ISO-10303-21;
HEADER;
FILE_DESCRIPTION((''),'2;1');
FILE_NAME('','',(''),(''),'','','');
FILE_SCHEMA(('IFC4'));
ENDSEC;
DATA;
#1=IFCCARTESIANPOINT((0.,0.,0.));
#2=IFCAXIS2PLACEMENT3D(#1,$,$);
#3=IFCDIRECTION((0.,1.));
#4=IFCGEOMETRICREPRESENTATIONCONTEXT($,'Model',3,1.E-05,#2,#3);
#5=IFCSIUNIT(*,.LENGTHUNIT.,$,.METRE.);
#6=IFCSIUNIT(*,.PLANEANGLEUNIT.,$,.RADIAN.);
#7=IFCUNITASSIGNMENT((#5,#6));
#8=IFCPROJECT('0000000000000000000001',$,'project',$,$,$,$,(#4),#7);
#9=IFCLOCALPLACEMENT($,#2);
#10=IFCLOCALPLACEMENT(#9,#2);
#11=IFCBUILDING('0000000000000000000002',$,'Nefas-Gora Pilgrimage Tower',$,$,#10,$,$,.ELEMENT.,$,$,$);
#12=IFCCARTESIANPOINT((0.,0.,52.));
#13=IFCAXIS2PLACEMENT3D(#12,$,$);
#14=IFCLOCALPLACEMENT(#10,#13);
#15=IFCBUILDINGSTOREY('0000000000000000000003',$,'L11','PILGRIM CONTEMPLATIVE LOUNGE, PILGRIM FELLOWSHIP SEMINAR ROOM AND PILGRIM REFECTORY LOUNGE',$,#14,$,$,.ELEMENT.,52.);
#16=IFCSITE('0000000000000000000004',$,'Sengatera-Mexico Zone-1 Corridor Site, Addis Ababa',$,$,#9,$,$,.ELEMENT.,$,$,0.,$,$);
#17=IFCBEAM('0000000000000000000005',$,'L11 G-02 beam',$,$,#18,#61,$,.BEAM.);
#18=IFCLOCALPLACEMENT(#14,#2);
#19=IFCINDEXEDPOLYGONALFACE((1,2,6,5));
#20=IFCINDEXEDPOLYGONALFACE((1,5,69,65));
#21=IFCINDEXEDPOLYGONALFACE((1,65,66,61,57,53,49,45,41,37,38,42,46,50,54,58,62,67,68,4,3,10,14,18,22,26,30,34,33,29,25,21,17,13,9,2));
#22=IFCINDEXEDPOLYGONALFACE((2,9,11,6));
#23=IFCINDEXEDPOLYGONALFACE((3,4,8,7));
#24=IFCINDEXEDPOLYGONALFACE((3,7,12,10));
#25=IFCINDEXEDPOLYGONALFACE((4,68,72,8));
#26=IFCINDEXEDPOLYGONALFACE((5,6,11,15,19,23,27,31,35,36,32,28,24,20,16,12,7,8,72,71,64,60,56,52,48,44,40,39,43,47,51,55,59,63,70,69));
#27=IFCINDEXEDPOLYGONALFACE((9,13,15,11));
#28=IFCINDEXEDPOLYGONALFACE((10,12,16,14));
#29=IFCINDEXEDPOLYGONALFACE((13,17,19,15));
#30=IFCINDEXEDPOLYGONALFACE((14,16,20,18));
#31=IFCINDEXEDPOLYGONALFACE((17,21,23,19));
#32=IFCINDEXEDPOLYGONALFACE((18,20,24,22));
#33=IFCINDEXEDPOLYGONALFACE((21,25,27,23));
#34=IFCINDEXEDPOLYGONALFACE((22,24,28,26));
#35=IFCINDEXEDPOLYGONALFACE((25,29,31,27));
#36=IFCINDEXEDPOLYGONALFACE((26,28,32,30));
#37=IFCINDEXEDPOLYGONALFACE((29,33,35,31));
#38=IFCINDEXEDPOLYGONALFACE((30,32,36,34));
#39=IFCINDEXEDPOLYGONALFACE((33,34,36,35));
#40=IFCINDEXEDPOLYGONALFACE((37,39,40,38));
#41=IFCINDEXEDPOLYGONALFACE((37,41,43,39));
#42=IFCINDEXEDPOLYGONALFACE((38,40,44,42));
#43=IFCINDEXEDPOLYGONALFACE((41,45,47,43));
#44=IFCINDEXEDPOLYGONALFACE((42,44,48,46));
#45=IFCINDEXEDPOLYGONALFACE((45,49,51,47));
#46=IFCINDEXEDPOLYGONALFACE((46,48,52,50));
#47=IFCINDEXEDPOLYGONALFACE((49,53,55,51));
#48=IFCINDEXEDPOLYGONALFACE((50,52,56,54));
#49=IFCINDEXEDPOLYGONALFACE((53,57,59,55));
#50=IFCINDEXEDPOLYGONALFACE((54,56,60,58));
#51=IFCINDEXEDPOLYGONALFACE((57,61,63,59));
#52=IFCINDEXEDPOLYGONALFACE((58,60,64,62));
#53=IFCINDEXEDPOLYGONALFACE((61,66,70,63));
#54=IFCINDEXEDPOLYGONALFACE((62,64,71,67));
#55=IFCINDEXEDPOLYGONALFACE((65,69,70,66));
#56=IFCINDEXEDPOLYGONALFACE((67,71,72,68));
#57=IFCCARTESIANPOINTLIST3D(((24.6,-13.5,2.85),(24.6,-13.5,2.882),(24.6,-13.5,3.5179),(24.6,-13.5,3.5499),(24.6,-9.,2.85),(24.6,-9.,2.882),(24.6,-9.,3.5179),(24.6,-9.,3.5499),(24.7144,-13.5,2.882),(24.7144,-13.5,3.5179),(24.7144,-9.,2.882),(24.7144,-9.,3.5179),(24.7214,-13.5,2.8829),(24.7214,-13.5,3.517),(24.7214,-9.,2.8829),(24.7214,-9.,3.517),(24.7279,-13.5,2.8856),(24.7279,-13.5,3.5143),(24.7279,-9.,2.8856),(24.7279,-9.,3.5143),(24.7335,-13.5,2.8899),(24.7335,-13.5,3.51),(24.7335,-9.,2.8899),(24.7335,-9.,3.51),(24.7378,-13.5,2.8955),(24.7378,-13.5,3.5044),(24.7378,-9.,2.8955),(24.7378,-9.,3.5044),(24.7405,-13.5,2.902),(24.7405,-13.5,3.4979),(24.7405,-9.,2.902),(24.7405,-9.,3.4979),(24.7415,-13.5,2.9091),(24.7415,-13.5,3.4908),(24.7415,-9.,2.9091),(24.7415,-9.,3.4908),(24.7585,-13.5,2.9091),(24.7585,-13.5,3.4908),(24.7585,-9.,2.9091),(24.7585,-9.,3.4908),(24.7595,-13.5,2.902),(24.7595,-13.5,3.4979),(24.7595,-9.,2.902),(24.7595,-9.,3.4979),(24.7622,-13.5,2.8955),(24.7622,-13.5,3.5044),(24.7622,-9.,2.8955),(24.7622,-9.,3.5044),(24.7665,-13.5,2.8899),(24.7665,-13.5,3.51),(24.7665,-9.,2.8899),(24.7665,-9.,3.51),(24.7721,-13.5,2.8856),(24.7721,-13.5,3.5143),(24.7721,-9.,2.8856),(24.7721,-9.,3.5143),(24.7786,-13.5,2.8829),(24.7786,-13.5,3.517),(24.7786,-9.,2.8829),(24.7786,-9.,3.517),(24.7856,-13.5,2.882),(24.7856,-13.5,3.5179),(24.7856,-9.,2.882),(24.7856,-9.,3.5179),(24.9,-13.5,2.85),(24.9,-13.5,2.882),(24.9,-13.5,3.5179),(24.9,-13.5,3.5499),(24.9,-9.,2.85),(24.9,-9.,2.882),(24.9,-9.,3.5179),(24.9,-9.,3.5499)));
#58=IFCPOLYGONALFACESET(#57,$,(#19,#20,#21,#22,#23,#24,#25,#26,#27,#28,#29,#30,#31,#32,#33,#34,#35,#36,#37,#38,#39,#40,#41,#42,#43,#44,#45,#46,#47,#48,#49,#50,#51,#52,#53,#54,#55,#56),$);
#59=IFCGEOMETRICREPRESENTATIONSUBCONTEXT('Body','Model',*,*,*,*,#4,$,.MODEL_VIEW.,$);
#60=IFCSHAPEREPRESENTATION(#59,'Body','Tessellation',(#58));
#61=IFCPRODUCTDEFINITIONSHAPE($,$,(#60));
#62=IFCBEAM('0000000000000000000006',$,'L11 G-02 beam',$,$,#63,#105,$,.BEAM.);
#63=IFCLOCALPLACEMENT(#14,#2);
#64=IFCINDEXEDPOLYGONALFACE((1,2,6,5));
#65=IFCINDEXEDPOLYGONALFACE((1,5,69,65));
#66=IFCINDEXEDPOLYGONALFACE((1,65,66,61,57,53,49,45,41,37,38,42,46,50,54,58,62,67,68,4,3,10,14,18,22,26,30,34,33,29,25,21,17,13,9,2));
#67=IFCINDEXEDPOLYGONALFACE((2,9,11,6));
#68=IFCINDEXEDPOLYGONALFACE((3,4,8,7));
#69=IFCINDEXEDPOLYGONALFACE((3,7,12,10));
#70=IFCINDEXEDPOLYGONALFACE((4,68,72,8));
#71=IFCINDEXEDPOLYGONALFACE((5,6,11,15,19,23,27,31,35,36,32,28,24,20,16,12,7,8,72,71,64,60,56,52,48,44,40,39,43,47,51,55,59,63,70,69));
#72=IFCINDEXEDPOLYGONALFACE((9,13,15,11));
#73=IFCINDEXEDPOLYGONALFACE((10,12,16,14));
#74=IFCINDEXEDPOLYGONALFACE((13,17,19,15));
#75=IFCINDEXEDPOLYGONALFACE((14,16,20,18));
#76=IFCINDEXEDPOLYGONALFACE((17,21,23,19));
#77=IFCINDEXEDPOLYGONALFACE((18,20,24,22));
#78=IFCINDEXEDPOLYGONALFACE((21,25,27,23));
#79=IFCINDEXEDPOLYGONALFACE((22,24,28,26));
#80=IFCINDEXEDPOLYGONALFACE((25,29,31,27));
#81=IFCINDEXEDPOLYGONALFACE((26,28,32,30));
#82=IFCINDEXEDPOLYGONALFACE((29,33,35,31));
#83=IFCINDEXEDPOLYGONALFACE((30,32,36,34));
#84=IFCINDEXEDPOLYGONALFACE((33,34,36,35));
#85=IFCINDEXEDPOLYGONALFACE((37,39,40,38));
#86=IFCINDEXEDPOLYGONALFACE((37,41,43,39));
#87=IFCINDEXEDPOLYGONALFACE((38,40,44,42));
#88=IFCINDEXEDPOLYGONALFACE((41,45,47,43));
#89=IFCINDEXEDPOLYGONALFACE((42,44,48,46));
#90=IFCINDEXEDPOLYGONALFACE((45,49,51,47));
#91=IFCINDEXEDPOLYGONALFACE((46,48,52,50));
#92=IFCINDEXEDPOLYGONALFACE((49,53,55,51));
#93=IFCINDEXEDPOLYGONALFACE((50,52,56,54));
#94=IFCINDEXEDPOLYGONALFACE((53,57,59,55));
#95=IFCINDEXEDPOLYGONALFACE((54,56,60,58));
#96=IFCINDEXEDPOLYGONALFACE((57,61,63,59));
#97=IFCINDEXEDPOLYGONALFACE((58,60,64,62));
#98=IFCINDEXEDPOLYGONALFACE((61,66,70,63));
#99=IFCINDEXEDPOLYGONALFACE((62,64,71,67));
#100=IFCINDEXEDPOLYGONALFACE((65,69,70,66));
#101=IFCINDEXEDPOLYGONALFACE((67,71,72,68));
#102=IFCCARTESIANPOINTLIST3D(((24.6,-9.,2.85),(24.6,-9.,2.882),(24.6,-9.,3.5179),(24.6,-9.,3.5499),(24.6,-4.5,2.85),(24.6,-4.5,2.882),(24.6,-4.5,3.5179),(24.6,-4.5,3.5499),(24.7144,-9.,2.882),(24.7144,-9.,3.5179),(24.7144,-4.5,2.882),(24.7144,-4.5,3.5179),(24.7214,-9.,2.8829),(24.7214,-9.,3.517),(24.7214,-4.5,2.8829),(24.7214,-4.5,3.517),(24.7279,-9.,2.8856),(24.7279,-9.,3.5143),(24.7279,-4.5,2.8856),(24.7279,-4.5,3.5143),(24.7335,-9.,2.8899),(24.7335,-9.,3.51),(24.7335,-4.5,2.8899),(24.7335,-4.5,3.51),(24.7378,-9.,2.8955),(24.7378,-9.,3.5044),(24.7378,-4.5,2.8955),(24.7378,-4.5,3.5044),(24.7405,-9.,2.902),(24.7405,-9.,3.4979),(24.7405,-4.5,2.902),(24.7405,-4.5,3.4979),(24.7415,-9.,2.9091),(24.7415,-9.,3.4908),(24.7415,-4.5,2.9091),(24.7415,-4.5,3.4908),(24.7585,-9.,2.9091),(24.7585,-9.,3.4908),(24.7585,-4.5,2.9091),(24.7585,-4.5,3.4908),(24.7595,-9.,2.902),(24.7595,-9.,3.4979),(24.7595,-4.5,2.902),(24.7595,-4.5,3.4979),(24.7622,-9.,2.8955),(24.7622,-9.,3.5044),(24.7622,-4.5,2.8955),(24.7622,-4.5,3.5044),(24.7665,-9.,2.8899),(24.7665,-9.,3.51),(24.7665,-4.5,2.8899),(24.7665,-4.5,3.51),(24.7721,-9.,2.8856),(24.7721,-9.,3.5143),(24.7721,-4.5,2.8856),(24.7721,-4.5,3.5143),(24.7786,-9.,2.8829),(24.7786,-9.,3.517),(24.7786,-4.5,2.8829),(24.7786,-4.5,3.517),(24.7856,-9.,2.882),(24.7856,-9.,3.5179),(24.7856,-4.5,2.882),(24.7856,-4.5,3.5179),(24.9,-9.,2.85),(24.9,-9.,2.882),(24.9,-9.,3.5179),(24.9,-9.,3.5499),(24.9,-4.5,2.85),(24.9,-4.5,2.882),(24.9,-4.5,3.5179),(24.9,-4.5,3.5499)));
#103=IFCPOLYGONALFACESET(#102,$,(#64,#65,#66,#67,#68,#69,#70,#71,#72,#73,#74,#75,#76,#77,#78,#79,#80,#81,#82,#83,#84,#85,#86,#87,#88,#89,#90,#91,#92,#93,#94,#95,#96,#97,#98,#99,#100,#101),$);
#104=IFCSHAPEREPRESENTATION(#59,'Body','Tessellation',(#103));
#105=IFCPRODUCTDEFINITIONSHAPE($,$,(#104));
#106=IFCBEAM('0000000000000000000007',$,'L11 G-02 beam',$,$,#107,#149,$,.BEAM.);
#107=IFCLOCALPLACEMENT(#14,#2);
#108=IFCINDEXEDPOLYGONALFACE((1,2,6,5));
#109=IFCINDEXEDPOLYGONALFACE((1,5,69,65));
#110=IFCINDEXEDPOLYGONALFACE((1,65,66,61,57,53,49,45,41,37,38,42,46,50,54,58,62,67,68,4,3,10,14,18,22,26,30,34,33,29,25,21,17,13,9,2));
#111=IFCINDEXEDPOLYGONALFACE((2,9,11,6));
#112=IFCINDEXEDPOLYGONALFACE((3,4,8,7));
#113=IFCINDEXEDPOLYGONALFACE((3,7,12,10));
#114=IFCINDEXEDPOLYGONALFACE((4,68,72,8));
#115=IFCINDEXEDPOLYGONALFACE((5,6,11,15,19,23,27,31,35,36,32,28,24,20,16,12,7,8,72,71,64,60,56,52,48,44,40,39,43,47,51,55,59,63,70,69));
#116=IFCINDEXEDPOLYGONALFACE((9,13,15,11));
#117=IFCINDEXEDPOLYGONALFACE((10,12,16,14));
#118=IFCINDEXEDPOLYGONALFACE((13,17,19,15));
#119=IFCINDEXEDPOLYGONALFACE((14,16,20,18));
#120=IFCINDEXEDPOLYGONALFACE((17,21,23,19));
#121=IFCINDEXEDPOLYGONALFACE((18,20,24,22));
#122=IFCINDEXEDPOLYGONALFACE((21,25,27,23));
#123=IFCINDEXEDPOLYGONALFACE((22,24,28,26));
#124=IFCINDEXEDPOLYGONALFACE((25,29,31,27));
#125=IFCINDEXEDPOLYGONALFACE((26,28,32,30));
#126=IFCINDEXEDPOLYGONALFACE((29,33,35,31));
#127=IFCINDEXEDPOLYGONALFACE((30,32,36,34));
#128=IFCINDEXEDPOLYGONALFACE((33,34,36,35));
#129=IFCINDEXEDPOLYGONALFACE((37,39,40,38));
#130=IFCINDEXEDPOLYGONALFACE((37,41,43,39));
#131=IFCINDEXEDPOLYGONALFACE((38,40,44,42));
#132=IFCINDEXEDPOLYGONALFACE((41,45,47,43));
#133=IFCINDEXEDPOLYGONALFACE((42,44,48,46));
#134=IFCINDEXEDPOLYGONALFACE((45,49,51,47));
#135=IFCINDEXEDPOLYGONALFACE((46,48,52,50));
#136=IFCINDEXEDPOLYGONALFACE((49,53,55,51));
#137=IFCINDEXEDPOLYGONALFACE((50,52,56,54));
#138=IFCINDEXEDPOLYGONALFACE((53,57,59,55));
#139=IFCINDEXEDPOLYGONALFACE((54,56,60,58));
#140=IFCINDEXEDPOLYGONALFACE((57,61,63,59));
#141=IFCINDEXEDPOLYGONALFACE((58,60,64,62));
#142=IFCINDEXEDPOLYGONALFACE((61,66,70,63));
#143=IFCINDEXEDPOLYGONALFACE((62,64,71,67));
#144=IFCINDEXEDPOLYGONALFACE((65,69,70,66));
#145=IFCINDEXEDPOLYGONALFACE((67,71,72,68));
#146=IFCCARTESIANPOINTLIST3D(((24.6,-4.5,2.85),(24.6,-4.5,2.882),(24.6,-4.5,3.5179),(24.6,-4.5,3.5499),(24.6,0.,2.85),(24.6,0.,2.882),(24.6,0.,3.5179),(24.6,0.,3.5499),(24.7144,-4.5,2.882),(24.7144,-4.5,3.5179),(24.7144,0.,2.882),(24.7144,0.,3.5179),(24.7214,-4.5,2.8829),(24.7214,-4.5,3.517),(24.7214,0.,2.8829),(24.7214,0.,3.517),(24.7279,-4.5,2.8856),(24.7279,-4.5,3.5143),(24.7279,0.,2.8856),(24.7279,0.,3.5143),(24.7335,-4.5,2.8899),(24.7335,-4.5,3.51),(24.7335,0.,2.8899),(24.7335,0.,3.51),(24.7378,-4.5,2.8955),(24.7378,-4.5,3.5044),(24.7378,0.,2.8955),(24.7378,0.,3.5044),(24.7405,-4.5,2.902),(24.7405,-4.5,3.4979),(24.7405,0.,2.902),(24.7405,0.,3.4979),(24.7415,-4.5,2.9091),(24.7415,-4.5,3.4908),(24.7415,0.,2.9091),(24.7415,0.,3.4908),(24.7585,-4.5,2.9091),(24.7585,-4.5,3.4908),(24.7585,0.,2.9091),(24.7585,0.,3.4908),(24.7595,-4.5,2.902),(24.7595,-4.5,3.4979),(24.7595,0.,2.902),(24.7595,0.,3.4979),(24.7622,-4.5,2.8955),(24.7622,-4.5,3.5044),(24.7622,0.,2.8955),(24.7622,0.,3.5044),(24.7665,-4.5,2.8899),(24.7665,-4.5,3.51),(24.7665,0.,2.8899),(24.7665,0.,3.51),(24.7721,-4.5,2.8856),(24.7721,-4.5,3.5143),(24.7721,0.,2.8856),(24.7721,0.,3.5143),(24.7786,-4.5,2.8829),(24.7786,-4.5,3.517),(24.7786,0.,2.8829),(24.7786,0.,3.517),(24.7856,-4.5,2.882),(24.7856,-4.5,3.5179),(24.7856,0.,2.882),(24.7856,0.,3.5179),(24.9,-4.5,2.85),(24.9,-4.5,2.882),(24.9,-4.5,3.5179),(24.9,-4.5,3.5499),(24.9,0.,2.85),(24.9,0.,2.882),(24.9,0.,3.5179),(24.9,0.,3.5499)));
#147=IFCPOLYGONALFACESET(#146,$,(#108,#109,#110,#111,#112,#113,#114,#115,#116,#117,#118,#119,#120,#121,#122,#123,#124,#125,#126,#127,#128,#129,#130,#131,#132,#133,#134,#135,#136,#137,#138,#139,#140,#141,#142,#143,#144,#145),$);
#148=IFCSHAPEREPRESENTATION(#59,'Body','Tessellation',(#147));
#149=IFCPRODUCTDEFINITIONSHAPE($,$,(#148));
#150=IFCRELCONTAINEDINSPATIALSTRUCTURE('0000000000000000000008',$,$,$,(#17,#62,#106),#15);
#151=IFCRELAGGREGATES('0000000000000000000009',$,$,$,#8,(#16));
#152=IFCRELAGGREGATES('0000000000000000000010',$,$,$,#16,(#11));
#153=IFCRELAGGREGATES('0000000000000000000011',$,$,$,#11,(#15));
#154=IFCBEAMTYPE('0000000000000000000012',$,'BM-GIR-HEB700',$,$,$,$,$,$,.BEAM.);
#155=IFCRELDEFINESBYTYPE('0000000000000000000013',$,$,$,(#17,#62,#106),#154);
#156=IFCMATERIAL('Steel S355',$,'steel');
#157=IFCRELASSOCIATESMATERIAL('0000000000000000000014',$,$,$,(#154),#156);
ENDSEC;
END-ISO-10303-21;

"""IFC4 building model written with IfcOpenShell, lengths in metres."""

from ifc_helpers import new_model, si_unit, direction, frame, origin, origin_2d, place, context, subcontext, project, spatial, i_section, extrude, source, transform, mapped, material, material_profile, profile_set, type_object, element, save


model = new_model("IFC4")

# Units and contexts
model_context = context("Model", 3, precision=1e-05, world=origin(), true_north=direction((0.0, 1.0)))
body_context = subcontext(model_context, "Body", "Model", "MODEL_VIEW")
ifc_project = project(units=[si_unit("LENGTHUNIT", "METRE"), si_unit("PLANEANGLEUNIT", "RADIAN")], contexts=[model_context])

# Site, building, storey
site_placement = place(None, origin())
site = spatial("IfcSite", under=ifc_project, at=site_placement, Name="Sengatera-Mexico Zone-1 Corridor Site, Addis Ababa", CompositionType="ELEMENT", RefElevation=0.0)
building_placement = place(site_placement, origin())
building = spatial("IfcBuilding", under=site, at=building_placement, Name="Nefas-Gora Pilgrimage Tower", CompositionType="ELEMENT")
storey_placement = place(building_placement, frame((0.0, 0.0, 52.0)))
storey = spatial("IfcBuildingStorey", under=building, at=storey_placement, Name="L11", Description="PILGRIM CONTEMPLATIVE LOUNGE, PILGRIM FELLOWSHIP SEMINAR ROOM AND PILGRIM REFECTORY LOUNGE", CompositionType="ELEMENT", Elevation=52.0)

# Beams
ifc_material_1 = material(Name="Steel S355", Category="steel")
ifc_material_profile_1 = material_profile(ifc_material_1, i_section(OverallWidth=0.3, OverallDepth=0.7, WebThickness=0.0171, FlangeThickness=0.032, FilletRadius=0.0271, at=origin_2d()), Name="HEB 700")
ifc_profile_set_1 = profile_set([ifc_material_profile_1], Name="Steel S355")
beam_type_1 = type_object("IfcBeamType", Name="BM-GIR-HEB700", PredefinedType="BEAM", material=ifc_profile_set_1)
shared_shape_1 = source(origin(), body_context, "Body", "SweptSolid", [
    extrude(i_section(OverallWidth=0.3, OverallDepth=0.7, WebThickness=0.0171, FlangeThickness=0.032, FilletRadius=0.0271, at=origin_2d()), origin(), (0.0, 0.0, 1.0), 4.5),
])
for number, where, z_axis, x_axis, name in (
    (1, (24.75, -13.5, 3.2), (0.0, 1.0, 0.0), (-1.0, 0.0, 0.0), "L11 G-02 beam"),
    (2, (24.75, -9.0, 3.2), (0.0, 1.0, 0.0), (-1.0, 0.0, 0.0), "L11 G-02 beam"),
    (3, (24.75, -4.5, 3.2), (0.0, 1.0, 0.0), (-1.0, 0.0, 0.0), "L11 G-02 beam"),
):
    element("IfcBeam", number, at=place(storey_placement, frame(where, z_axis=z_axis, x_axis=x_axis)), inside=storey, type_object=beam_type_1, Name=name, PredefinedType="BEAM", context=body_context, shape_type="MappedRepresentation", body=[
        mapped(shared_shape_1, transform((0.0, 0.0, 0.0), x_axis=(1.0, 0.0, 0.0), y_axis=(0.0, 1.0, 0.0), z_axis=(0.0, 0.0, 1.0), scale=1.0)),
    ])

save(model, "model.ifc")
